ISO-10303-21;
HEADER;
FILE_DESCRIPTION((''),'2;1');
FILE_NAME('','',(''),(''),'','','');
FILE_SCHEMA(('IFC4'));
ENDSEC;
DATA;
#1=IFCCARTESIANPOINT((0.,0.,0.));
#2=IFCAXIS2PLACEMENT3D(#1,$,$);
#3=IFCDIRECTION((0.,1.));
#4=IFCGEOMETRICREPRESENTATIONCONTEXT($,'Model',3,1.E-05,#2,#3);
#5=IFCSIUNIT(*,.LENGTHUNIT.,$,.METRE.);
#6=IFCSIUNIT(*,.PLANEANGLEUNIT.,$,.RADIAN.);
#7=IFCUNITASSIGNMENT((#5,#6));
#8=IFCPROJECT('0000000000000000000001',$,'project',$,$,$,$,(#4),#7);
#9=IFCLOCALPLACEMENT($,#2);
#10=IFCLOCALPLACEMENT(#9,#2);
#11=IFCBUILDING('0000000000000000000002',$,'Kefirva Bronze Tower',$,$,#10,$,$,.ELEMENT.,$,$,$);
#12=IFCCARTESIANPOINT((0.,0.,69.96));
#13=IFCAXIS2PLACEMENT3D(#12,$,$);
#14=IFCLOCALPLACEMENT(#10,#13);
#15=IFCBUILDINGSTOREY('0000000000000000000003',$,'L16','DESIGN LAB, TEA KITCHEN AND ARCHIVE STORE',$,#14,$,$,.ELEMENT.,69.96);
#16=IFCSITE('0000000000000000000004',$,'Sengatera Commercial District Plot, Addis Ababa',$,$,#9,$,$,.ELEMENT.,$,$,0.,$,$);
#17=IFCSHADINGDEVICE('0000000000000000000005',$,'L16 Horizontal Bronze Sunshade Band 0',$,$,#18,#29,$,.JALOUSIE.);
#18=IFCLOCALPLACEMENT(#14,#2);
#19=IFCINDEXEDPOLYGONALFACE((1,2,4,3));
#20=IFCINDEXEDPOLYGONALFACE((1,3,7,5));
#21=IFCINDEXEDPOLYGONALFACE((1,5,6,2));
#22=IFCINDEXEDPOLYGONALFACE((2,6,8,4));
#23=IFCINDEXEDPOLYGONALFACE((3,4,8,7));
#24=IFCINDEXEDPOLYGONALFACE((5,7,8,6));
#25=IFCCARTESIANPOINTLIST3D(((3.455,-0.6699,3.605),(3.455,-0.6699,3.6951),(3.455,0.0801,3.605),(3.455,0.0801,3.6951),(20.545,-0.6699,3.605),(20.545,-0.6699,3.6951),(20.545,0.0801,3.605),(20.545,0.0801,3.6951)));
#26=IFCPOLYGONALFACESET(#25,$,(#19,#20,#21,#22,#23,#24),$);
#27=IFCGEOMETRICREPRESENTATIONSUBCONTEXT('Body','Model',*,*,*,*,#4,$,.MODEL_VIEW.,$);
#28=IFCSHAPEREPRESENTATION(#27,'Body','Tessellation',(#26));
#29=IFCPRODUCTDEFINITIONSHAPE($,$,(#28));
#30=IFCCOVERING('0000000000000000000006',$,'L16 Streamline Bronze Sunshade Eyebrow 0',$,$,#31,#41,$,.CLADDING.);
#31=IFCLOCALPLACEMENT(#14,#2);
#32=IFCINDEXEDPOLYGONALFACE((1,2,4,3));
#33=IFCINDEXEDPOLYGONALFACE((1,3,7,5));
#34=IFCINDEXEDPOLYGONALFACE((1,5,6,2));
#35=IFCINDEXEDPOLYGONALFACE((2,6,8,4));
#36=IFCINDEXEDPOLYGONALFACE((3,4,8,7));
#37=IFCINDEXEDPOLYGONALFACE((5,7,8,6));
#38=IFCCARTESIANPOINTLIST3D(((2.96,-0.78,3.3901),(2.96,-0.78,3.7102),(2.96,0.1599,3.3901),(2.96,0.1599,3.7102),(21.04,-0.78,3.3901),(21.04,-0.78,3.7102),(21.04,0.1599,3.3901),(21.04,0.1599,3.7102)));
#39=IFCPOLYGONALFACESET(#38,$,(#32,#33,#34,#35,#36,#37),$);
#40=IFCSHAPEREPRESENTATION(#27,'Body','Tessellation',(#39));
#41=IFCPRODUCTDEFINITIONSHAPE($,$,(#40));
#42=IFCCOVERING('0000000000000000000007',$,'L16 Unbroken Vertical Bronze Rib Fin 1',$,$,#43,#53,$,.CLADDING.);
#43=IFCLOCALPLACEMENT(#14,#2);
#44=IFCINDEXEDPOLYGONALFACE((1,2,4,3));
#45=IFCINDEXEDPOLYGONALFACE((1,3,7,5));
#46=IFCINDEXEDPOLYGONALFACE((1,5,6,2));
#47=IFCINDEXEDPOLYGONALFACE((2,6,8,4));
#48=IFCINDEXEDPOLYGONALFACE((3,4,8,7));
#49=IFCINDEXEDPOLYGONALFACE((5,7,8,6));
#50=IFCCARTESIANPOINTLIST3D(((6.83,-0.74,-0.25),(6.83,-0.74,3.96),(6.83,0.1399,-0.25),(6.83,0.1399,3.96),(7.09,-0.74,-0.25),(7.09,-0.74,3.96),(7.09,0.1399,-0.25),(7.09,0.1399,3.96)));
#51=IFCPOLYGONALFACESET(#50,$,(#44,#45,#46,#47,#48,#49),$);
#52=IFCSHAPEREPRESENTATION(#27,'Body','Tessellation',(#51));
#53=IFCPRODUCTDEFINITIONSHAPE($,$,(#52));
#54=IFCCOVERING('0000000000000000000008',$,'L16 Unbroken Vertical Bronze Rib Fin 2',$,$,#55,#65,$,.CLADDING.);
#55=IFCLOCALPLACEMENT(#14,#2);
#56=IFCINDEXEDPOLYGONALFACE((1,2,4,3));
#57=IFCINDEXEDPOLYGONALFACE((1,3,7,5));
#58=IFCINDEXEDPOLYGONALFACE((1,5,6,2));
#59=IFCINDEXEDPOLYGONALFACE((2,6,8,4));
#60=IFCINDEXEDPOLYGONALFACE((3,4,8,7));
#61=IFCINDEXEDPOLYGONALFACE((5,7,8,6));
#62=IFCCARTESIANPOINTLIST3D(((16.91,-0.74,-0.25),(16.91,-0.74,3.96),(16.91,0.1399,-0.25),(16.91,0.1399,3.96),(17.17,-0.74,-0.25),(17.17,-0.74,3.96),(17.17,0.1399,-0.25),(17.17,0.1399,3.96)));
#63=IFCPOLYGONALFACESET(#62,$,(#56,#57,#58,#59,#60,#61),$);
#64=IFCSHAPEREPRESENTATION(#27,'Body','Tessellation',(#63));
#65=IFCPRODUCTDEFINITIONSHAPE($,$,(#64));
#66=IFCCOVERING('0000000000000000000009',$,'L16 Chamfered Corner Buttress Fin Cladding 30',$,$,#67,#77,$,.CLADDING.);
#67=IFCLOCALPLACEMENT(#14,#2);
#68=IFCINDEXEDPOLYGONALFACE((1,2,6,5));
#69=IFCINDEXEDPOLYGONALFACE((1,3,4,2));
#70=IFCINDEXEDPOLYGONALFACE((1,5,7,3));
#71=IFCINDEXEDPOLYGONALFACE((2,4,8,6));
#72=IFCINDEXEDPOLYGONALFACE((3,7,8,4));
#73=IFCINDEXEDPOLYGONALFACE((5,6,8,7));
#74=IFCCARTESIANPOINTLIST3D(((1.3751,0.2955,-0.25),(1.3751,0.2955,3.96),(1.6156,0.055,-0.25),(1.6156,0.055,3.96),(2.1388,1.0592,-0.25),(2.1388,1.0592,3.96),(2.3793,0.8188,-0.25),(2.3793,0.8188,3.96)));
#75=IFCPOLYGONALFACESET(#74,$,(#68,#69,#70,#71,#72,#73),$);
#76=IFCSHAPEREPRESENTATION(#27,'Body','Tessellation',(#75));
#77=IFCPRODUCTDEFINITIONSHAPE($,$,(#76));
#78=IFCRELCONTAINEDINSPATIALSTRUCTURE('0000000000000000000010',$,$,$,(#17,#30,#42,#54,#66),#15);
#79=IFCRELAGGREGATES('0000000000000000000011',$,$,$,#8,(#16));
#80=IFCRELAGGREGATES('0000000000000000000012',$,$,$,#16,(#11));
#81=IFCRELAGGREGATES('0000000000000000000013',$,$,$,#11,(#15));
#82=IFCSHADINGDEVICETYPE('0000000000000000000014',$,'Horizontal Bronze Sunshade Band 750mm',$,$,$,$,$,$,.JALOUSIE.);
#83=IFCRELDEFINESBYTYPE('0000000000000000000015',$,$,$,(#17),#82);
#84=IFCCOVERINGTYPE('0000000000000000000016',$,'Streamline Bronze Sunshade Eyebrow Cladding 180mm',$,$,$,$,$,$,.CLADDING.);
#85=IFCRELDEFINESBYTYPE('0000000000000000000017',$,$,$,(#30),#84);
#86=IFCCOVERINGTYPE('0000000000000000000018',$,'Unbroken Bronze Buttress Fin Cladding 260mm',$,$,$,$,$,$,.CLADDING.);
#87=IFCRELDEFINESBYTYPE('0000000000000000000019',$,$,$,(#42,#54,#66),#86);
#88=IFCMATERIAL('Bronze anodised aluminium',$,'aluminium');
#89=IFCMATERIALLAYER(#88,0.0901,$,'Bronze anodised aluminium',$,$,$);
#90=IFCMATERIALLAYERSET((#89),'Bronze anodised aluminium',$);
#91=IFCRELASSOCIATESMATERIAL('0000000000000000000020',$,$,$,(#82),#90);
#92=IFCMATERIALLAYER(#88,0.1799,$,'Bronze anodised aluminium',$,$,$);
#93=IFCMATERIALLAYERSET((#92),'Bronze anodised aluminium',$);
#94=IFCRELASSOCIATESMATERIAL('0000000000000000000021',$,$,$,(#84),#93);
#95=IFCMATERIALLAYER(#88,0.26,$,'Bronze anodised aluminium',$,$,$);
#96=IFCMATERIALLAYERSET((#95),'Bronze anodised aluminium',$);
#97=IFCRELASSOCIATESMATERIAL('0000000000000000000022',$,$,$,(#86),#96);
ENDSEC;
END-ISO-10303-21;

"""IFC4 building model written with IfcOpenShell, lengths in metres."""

from ifc_helpers import new_model, si_unit, direction, frame, origin, origin_2d, place, context, subcontext, project, spatial, rectangle, extrude, material, layer, layer_set, type_object, element, save


model = new_model("IFC4")

# Units and contexts
model_context = context("Model", 3, precision=1e-05, world=origin(), true_north=direction((0.0, 1.0)))
body_context = subcontext(model_context, "Body", "Model", "MODEL_VIEW")
ifc_project = project(units=[si_unit("LENGTHUNIT", "METRE"), si_unit("PLANEANGLEUNIT", "RADIAN")], contexts=[model_context])

# Site, building, storey
site_placement = place(None, origin())
site = spatial("IfcSite", under=ifc_project, at=site_placement, Name="Sengatera Commercial District Plot, Addis Ababa", CompositionType="ELEMENT", RefElevation=0.0)
building_placement = place(site_placement, origin())
building = spatial("IfcBuilding", under=site, at=building_placement, Name="Kefirva Bronze Tower", CompositionType="ELEMENT")
storey_placement = place(building_placement, frame((0.0, 0.0, 69.96)))
storey = spatial("IfcBuildingStorey", under=building, at=storey_placement, Name="L16", Description="DESIGN LAB, TEA KITCHEN AND ARCHIVE STORE", CompositionType="ELEMENT", Elevation=69.96)

# Shared definitions
ifc_material_1 = material(Name="Bronze anodised aluminium", Category="aluminium")

# Shading device
ifc_layer_1 = layer(ifc_material_1, 0.0901, Name="Bronze anodised aluminium")
ifc_layer_set_1 = layer_set([ifc_layer_1], Name="Bronze anodised aluminium")
shading_device_type = type_object("IfcShadingDeviceType", Name="Horizontal Bronze Sunshade Band 750mm", PredefinedType="JALOUSIE", material=ifc_layer_set_1)
shading_device_placement = place(storey_placement, frame((12.0, -0.2949, 3.605), z_axis=(0.0, 0.0, 1.0), x_axis=(1.0, 0.0, 0.0)))
element("IfcShadingDevice", 1, at=shading_device_placement, inside=storey, type_object=shading_device_type, Name="L16 Horizontal Bronze Sunshade Band 0", PredefinedType="JALOUSIE", context=body_context, shape_type="SweptSolid", body=[
    extrude(rectangle(XDim=17.0901, YDim=0.75, at=origin_2d()), origin(), (0.0, 0.0, 1.0), 0.0901),
])

# Coverings
ifc_layer_2 = layer(ifc_material_1, 0.1799, Name="Bronze anodised aluminium")
ifc_layer_set_2 = layer_set([ifc_layer_2], Name="Bronze anodised aluminium")
covering_type_1 = type_object("IfcCoveringType", Name="Streamline Bronze Sunshade Eyebrow Cladding 180mm", PredefinedType="CLADDING", material=ifc_layer_set_2)
covering_1_placement = place(storey_placement, frame((12.0, -0.3101, 3.3901), z_axis=(0.0, 0.0, 1.0), x_axis=(1.0, 0.0, 0.0)))
element("IfcCovering", 2, at=covering_1_placement, inside=storey, type_object=covering_type_1, Name="L16 Streamline Bronze Sunshade Eyebrow 0", PredefinedType="CLADDING", context=body_context, shape_type="SweptSolid", body=[
    extrude(rectangle(XDim=18.0801, YDim=0.9399, at=origin_2d()), origin(), (0.0, 0.0, 1.0), 0.3201),
])
ifc_layer_3 = layer(ifc_material_1, 0.26, Name="Bronze anodised aluminium")
ifc_layer_set_3 = layer_set([ifc_layer_3], Name="Bronze anodised aluminium")
covering_type_2 = type_object("IfcCoveringType", Name="Unbroken Bronze Buttress Fin Cladding 260mm", PredefinedType="CLADDING", material=ifc_layer_set_3)
for number, where, z_axis, x_axis, name in (
    (3, (6.96, -0.3, -0.25), (0.0, 0.0, 1.0), (1.0, 0.0, 0.0), "L16 Unbroken Vertical Bronze Rib Fin 1"),
    (4, (17.04, -0.3, -0.25), (0.0, 0.0, 1.0), (1.0, 0.0, 0.0), "L16 Unbroken Vertical Bronze Rib Fin 2"),
):
    element("IfcCovering", number, at=place(storey_placement, frame(where, z_axis=z_axis, x_axis=x_axis)), inside=storey, type_object=covering_type_2, Name=name, PredefinedType="CLADDING", context=body_context, shape_type="SweptSolid", body=[
        extrude(rectangle(XDim=0.26, YDim=0.8799, at=origin_2d()), origin(), (0.0, 0.0, 1.0), 4.21),
    ])
covering_2_placement = place(storey_placement, frame((1.8772, 0.5571, -0.25), z_axis=(0.0, 0.0, 1.0), x_axis=(0.707107, -0.707107, 0.0)))
element("IfcCovering", 5, at=covering_2_placement, inside=storey, type_object=covering_type_2, Name="L16 Chamfered Corner Buttress Fin Cladding 30", PredefinedType="CLADDING", context=body_context, shape_type="SweptSolid", body=[
    extrude(rectangle(XDim=0.3401, YDim=1.0801, at=origin_2d()), origin(), (0.0, 0.0, 1.0), 4.21),
])

save(model, "model.ifc")
